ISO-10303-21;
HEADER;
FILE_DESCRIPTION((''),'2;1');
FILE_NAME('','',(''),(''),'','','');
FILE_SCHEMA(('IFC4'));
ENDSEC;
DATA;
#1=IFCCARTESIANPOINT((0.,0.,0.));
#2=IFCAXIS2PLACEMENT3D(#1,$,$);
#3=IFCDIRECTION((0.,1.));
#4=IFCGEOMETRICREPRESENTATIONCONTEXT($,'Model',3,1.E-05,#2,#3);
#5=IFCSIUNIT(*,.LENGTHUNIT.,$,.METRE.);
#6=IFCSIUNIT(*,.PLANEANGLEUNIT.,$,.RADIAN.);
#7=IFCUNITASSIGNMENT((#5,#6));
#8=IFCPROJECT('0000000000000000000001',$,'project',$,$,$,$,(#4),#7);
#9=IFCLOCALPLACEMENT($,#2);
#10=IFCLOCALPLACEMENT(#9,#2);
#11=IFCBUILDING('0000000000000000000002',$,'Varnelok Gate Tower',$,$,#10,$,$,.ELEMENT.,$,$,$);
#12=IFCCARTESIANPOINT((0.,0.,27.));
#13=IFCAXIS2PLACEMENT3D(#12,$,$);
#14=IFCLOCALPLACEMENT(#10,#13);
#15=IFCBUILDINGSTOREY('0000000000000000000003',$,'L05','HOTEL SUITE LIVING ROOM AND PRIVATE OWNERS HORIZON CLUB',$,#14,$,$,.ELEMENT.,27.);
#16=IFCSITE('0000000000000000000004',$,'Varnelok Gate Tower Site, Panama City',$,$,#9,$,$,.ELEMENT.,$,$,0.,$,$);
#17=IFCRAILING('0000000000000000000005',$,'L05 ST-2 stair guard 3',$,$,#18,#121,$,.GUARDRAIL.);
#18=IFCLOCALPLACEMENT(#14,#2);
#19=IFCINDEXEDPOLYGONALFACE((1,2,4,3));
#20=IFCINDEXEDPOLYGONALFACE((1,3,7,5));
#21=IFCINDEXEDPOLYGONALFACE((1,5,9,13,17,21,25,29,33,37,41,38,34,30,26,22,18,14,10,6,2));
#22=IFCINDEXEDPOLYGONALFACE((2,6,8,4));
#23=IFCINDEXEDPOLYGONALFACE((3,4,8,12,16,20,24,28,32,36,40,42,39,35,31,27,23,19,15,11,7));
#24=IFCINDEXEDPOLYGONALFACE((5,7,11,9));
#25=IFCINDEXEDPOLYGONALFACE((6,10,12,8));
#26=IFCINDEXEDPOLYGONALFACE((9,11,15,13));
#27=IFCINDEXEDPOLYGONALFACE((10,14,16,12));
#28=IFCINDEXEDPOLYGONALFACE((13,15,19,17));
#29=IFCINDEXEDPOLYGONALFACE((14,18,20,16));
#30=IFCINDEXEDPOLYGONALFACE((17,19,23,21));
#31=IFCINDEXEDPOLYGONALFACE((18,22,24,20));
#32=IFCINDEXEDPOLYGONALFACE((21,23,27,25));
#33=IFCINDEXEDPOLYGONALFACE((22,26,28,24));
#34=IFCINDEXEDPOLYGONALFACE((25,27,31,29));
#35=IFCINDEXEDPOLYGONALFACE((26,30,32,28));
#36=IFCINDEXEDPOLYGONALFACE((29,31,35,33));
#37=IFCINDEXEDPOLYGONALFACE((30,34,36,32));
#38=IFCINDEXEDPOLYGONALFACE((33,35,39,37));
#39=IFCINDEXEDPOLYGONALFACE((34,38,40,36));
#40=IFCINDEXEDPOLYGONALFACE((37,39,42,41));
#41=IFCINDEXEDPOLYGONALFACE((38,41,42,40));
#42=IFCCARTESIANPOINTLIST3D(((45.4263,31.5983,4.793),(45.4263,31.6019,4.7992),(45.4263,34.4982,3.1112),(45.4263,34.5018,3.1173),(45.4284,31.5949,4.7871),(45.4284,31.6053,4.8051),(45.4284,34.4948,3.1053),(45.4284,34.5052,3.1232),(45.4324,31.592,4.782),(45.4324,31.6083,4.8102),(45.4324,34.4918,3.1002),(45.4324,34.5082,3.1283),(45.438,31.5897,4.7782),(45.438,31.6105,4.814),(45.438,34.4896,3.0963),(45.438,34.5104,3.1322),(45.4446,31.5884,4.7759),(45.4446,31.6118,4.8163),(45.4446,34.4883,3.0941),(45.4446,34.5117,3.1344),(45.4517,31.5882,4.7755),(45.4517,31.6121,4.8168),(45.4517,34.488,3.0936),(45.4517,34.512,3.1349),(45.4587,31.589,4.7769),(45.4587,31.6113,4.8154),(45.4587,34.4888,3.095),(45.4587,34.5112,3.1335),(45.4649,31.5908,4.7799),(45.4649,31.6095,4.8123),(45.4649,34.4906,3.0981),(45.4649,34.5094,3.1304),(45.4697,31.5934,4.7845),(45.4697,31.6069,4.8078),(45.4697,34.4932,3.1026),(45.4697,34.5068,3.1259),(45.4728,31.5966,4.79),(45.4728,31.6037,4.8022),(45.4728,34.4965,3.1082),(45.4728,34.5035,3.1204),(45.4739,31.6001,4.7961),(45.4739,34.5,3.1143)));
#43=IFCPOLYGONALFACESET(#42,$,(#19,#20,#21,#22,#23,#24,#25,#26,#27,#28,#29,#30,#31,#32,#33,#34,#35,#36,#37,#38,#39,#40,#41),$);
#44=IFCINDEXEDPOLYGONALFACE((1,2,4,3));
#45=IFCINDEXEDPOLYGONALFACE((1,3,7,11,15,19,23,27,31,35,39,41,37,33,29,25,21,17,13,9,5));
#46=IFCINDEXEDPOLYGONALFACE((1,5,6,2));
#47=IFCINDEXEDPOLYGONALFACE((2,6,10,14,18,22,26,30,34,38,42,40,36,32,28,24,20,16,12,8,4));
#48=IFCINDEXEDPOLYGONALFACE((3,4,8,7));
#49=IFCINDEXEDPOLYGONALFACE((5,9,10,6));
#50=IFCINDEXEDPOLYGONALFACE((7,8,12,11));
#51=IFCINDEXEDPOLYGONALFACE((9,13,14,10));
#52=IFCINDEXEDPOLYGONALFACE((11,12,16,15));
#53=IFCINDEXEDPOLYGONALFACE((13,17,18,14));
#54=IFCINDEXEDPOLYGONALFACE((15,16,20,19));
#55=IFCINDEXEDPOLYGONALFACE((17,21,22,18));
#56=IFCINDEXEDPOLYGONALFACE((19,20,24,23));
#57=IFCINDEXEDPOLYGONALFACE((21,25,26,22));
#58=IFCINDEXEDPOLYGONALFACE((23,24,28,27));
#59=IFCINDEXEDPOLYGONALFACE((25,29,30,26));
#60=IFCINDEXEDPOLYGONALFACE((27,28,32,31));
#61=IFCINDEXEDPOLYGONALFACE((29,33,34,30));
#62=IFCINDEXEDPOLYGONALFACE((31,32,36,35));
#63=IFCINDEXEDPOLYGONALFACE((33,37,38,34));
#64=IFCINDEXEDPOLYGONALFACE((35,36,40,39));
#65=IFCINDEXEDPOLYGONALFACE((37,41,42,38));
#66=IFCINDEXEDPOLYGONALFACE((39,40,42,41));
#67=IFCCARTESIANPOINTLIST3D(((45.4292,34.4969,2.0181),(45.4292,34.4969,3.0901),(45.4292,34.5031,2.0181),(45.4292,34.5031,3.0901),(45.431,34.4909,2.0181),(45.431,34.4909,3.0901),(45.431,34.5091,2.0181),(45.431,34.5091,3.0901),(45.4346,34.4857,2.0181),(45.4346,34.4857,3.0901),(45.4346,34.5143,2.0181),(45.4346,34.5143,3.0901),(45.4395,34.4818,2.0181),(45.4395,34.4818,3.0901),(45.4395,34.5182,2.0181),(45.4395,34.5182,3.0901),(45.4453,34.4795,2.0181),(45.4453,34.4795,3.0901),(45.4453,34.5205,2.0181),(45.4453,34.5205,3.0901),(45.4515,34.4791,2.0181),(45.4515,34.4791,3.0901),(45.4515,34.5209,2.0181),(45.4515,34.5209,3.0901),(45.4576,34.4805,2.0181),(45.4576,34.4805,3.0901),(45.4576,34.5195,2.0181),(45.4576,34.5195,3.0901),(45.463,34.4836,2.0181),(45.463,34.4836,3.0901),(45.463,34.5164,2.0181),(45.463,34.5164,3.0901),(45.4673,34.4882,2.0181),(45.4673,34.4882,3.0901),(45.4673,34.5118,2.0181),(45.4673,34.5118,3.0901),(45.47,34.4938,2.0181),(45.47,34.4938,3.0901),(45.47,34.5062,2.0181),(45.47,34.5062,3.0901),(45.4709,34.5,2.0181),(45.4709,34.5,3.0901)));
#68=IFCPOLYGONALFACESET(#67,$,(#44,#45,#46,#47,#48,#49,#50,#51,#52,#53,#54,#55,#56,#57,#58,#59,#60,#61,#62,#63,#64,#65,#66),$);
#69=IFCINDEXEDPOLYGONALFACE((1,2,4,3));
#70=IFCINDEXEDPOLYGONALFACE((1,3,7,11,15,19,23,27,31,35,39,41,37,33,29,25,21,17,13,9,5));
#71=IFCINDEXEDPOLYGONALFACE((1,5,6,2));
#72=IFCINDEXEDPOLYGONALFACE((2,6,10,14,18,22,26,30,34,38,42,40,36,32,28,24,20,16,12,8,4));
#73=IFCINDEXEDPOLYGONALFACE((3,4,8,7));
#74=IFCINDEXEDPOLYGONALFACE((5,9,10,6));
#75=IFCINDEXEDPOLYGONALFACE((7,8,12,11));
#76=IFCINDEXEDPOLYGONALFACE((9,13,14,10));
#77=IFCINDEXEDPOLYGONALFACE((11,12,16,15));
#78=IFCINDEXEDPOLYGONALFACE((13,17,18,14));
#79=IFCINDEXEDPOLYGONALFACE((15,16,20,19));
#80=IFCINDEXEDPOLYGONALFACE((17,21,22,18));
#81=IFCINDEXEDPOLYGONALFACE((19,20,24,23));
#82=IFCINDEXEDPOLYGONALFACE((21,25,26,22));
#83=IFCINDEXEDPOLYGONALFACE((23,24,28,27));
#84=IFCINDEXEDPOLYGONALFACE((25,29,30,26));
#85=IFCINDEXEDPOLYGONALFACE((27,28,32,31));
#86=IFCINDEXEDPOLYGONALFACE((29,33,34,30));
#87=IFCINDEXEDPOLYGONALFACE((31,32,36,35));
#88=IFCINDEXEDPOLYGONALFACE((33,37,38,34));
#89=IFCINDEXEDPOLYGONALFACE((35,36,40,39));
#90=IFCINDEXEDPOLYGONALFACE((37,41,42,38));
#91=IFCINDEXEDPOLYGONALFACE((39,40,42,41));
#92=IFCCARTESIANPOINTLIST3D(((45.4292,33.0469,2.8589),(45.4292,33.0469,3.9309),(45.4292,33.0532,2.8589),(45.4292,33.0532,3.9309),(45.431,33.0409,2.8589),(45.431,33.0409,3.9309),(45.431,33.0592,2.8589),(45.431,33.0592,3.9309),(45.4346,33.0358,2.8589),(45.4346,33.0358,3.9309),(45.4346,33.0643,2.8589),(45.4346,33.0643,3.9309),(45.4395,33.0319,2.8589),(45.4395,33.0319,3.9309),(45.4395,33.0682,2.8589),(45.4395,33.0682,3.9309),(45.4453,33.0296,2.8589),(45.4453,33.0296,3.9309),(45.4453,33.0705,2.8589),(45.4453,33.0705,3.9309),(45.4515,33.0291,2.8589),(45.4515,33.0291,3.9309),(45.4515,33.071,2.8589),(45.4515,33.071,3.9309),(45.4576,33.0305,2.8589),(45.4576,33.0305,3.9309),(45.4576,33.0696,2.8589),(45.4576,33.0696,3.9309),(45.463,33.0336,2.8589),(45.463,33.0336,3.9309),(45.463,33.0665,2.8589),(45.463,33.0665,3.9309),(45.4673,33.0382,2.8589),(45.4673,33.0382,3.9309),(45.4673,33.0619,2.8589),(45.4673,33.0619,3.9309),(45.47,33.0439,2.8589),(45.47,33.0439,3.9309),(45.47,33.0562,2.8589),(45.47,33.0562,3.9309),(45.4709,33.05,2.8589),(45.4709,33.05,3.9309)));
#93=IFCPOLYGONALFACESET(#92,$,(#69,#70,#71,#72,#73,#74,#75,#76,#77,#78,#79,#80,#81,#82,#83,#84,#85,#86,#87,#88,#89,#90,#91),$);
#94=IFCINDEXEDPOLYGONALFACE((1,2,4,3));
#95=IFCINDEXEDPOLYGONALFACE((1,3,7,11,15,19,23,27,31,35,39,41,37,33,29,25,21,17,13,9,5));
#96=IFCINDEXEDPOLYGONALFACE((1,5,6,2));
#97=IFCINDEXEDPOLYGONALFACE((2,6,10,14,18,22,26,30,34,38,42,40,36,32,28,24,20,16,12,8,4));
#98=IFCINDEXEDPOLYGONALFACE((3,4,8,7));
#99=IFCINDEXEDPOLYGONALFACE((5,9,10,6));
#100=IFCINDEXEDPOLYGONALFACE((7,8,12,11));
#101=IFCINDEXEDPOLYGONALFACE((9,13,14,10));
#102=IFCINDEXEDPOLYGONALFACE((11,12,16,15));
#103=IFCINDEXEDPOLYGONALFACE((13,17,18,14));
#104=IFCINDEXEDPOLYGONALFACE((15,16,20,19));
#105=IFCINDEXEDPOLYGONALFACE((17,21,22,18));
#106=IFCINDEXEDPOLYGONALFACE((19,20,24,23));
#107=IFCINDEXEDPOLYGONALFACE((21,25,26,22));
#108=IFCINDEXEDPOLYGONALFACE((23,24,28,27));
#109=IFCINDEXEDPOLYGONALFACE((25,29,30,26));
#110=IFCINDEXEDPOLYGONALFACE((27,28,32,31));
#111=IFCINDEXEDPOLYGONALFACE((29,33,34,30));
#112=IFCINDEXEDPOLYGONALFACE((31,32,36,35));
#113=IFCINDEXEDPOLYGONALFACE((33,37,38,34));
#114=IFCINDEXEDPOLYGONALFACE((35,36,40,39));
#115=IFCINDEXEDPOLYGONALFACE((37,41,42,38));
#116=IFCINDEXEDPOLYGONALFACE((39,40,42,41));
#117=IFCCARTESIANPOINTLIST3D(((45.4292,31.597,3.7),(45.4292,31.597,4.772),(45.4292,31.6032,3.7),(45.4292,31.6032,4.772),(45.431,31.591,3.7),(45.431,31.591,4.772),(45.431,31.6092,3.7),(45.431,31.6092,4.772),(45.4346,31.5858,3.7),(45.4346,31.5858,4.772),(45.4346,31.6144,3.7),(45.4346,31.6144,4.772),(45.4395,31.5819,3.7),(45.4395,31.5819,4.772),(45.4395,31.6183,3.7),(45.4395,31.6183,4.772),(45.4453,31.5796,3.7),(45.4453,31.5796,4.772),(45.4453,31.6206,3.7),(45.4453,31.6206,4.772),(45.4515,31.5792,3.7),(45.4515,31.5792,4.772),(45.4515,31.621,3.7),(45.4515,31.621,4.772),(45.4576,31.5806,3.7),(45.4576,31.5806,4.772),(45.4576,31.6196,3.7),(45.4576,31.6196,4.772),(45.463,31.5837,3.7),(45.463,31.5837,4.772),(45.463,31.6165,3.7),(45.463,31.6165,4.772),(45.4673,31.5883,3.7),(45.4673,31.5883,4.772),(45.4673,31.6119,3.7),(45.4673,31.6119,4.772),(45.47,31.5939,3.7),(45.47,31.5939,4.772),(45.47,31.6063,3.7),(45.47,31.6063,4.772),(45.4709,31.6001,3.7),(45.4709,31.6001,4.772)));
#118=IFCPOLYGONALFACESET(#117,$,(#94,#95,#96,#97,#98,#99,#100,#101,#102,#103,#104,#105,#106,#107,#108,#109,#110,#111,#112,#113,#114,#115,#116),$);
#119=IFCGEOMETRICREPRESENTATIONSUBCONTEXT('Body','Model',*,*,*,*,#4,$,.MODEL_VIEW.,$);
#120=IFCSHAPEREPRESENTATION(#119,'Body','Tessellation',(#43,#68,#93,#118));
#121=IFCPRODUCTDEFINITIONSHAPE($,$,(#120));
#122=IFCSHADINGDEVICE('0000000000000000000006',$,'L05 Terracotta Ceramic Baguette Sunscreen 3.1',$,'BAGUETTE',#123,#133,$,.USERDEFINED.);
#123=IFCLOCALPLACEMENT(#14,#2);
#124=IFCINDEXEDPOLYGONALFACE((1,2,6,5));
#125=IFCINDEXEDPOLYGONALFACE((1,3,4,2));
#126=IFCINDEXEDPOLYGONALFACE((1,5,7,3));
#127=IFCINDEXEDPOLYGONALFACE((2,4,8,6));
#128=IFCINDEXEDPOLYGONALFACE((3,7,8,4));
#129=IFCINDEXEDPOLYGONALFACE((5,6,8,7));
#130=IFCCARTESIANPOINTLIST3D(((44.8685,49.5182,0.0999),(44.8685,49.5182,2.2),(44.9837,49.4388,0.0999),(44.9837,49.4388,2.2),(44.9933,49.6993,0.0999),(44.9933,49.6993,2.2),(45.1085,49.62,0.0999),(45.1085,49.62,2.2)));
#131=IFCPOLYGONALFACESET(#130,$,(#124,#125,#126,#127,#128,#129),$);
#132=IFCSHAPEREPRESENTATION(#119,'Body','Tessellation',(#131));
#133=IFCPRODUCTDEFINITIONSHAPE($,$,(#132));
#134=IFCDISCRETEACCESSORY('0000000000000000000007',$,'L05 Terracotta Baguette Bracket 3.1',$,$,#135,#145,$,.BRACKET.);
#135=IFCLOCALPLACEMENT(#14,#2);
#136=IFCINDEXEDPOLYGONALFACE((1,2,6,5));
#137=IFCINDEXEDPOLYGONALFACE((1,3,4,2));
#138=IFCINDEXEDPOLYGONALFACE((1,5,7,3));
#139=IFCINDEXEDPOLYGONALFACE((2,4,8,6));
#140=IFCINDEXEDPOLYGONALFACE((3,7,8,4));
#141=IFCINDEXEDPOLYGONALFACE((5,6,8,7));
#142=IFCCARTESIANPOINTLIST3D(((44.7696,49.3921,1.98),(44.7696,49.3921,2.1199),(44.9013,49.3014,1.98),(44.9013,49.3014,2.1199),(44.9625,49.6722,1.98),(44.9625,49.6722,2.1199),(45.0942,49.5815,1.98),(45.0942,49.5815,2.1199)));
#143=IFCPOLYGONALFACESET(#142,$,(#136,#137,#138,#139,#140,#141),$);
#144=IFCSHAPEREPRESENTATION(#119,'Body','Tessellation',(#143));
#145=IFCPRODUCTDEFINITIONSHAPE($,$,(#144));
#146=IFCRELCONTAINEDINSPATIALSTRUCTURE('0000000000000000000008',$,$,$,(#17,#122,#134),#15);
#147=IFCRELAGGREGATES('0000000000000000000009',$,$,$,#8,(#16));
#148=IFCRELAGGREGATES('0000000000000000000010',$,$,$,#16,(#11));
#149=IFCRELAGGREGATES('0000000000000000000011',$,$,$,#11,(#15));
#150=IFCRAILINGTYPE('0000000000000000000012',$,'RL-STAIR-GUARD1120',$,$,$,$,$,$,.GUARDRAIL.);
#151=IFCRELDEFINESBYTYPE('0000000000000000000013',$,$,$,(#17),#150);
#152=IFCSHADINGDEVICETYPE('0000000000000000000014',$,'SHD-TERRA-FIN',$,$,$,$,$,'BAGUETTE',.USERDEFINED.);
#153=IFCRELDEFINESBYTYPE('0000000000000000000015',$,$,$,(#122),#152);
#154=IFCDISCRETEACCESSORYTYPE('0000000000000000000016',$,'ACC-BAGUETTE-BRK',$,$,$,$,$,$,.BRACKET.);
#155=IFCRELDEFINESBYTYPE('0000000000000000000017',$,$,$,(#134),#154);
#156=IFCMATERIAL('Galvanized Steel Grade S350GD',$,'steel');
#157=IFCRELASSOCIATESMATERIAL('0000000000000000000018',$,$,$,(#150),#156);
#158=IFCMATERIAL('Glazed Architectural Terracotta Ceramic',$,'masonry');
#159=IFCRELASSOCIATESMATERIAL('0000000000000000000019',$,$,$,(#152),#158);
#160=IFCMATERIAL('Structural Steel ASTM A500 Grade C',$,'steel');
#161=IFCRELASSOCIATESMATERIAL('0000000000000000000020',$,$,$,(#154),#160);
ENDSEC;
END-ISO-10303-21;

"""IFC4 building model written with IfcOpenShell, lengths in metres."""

from ifc_helpers import new_model, si_unit, direction, frame, origin, origin_2d, place, context, subcontext, project, spatial, rectangle, circle, extrude, source, transform, mapped, material, type_object, element, save


model = new_model("IFC4")

# Units and contexts
model_context = context("Model", 3, precision=1e-05, world=origin(), true_north=direction((0.0, 1.0)))
body_context = subcontext(model_context, "Body", "Model", "MODEL_VIEW")
ifc_project = project(units=[si_unit("LENGTHUNIT", "METRE"), si_unit("PLANEANGLEUNIT", "RADIAN")], contexts=[model_context])

# Site, building, storey
site_placement = place(None, origin())
site = spatial("IfcSite", under=ifc_project, at=site_placement, Name="Varnelok Gate Tower Site, Panama City", CompositionType="ELEMENT", RefElevation=0.0)
building_placement = place(site_placement, origin())
building = spatial("IfcBuilding", under=site, at=building_placement, Name="Varnelok Gate Tower", CompositionType="ELEMENT")
storey_placement = place(building_placement, frame((0.0, 0.0, 27.0)))
storey = spatial("IfcBuildingStorey", under=building, at=storey_placement, Name="L05", Description="HOTEL SUITE LIVING ROOM AND PRIVATE OWNERS HORIZON CLUB", CompositionType="ELEMENT", Elevation=27.0)

# Shared definitions
ifc_material_1 = material(Name="Galvanized Steel Grade S350GD", Category="steel")

# Railing
railing_type_1 = type_object("IfcRailingType", Name="RL-STAIR-GUARD1120", PredefinedType="GUARDRAIL", material=ifc_material_1)
railing_1_placement = place(storey_placement, frame((45.45, 34.5, 2.0181)))
element("IfcRailing", 1, at=railing_1_placement, inside=storey, type_object=railing_type_1, Name="L05 ST-2 stair guard 3", PredefinedType="GUARDRAIL", context=body_context, shape_type="SweptSolid", body=[
    extrude(circle(Radius=0.0239, at=origin_2d()), frame((0.0, 0.0, 1.0962), z_axis=(0.0, -0.865039, 0.501705), x_axis=(1.0, 0.0, 0.0)), (0.0, 0.0, 1.0), 3.3523),
    extrude(circle(Radius=0.021, at=origin_2d()), origin(), (0.0, 0.0, 1.0), 1.072),
    extrude(circle(Radius=0.021, at=origin_2d()), frame((0.0, -1.45, 0.8408)), (0.0, 0.0, 1.0), 1.072),
    extrude(circle(Radius=0.021, at=origin_2d()), frame((0.0, -2.8999, 1.6819)), (0.0, 0.0, 1.0), 1.072),
])

# Shading device
ifc_material_2 = material(Name="Glazed Architectural Terracotta Ceramic", Category="masonry")
shading_device_type = type_object("IfcShadingDeviceType", Name="SHD-TERRA-FIN", ElementType="BAGUETTE", PredefinedType="USERDEFINED", material=ifc_material_2)
shared_shape_1 = source(origin(), body_context, "Body", "SweptSolid", [
    extrude(rectangle(XDim=0.1399, YDim=0.22, at=origin_2d()), origin(), (0.0, 0.0, 1.0), 2.1001),
])
shading_device_placement = place(storey_placement, frame((44.9885, 49.5691, 0.0999), z_axis=(0.0, 0.0, 1.0), x_axis=(0.823533, -0.567269, 0.0)))
element("IfcShadingDevice", 2, at=shading_device_placement, inside=storey, type_object=shading_device_type, Name="L05 Terracotta Ceramic Baguette Sunscreen 3.1", ObjectType="BAGUETTE", PredefinedType="USERDEFINED", context=body_context, shape_type="MappedRepresentation", body=[
    mapped(shared_shape_1, transform((0.0, 0.0, 0.0), scale=1.0)),
])

# Discrete accessory
ifc_material_3 = material(Name="Structural Steel ASTM A500 Grade C", Category="steel")
discrete_accessory_type = type_object("IfcDiscreteAccessoryType", Name="ACC-BAGUETTE-BRK", PredefinedType="BRACKET", material=ifc_material_3)
shared_shape_2 = source(origin(), body_context, "Body", "SweptSolid", [
    extrude(rectangle(XDim=0.1599, YDim=0.3401, at=origin_2d()), origin(), (0.0, 0.0, 1.0), 0.1399),
])
discrete_accessory_placement = place(storey_placement, frame((44.9319, 49.4868, 1.98), z_axis=(0.0, 0.0, 1.0), x_axis=(0.823533, -0.567269, 0.0)))
element("IfcDiscreteAccessory", 3, at=discrete_accessory_placement, inside=storey, type_object=discrete_accessory_type, Name="L05 Terracotta Baguette Bracket 3.1", PredefinedType="BRACKET", context=body_context, shape_type="MappedRepresentation", body=[
    mapped(shared_shape_2, transform((0.0, 0.0, 0.0), scale=1.0)),
])

save(model, "model.ifc")
